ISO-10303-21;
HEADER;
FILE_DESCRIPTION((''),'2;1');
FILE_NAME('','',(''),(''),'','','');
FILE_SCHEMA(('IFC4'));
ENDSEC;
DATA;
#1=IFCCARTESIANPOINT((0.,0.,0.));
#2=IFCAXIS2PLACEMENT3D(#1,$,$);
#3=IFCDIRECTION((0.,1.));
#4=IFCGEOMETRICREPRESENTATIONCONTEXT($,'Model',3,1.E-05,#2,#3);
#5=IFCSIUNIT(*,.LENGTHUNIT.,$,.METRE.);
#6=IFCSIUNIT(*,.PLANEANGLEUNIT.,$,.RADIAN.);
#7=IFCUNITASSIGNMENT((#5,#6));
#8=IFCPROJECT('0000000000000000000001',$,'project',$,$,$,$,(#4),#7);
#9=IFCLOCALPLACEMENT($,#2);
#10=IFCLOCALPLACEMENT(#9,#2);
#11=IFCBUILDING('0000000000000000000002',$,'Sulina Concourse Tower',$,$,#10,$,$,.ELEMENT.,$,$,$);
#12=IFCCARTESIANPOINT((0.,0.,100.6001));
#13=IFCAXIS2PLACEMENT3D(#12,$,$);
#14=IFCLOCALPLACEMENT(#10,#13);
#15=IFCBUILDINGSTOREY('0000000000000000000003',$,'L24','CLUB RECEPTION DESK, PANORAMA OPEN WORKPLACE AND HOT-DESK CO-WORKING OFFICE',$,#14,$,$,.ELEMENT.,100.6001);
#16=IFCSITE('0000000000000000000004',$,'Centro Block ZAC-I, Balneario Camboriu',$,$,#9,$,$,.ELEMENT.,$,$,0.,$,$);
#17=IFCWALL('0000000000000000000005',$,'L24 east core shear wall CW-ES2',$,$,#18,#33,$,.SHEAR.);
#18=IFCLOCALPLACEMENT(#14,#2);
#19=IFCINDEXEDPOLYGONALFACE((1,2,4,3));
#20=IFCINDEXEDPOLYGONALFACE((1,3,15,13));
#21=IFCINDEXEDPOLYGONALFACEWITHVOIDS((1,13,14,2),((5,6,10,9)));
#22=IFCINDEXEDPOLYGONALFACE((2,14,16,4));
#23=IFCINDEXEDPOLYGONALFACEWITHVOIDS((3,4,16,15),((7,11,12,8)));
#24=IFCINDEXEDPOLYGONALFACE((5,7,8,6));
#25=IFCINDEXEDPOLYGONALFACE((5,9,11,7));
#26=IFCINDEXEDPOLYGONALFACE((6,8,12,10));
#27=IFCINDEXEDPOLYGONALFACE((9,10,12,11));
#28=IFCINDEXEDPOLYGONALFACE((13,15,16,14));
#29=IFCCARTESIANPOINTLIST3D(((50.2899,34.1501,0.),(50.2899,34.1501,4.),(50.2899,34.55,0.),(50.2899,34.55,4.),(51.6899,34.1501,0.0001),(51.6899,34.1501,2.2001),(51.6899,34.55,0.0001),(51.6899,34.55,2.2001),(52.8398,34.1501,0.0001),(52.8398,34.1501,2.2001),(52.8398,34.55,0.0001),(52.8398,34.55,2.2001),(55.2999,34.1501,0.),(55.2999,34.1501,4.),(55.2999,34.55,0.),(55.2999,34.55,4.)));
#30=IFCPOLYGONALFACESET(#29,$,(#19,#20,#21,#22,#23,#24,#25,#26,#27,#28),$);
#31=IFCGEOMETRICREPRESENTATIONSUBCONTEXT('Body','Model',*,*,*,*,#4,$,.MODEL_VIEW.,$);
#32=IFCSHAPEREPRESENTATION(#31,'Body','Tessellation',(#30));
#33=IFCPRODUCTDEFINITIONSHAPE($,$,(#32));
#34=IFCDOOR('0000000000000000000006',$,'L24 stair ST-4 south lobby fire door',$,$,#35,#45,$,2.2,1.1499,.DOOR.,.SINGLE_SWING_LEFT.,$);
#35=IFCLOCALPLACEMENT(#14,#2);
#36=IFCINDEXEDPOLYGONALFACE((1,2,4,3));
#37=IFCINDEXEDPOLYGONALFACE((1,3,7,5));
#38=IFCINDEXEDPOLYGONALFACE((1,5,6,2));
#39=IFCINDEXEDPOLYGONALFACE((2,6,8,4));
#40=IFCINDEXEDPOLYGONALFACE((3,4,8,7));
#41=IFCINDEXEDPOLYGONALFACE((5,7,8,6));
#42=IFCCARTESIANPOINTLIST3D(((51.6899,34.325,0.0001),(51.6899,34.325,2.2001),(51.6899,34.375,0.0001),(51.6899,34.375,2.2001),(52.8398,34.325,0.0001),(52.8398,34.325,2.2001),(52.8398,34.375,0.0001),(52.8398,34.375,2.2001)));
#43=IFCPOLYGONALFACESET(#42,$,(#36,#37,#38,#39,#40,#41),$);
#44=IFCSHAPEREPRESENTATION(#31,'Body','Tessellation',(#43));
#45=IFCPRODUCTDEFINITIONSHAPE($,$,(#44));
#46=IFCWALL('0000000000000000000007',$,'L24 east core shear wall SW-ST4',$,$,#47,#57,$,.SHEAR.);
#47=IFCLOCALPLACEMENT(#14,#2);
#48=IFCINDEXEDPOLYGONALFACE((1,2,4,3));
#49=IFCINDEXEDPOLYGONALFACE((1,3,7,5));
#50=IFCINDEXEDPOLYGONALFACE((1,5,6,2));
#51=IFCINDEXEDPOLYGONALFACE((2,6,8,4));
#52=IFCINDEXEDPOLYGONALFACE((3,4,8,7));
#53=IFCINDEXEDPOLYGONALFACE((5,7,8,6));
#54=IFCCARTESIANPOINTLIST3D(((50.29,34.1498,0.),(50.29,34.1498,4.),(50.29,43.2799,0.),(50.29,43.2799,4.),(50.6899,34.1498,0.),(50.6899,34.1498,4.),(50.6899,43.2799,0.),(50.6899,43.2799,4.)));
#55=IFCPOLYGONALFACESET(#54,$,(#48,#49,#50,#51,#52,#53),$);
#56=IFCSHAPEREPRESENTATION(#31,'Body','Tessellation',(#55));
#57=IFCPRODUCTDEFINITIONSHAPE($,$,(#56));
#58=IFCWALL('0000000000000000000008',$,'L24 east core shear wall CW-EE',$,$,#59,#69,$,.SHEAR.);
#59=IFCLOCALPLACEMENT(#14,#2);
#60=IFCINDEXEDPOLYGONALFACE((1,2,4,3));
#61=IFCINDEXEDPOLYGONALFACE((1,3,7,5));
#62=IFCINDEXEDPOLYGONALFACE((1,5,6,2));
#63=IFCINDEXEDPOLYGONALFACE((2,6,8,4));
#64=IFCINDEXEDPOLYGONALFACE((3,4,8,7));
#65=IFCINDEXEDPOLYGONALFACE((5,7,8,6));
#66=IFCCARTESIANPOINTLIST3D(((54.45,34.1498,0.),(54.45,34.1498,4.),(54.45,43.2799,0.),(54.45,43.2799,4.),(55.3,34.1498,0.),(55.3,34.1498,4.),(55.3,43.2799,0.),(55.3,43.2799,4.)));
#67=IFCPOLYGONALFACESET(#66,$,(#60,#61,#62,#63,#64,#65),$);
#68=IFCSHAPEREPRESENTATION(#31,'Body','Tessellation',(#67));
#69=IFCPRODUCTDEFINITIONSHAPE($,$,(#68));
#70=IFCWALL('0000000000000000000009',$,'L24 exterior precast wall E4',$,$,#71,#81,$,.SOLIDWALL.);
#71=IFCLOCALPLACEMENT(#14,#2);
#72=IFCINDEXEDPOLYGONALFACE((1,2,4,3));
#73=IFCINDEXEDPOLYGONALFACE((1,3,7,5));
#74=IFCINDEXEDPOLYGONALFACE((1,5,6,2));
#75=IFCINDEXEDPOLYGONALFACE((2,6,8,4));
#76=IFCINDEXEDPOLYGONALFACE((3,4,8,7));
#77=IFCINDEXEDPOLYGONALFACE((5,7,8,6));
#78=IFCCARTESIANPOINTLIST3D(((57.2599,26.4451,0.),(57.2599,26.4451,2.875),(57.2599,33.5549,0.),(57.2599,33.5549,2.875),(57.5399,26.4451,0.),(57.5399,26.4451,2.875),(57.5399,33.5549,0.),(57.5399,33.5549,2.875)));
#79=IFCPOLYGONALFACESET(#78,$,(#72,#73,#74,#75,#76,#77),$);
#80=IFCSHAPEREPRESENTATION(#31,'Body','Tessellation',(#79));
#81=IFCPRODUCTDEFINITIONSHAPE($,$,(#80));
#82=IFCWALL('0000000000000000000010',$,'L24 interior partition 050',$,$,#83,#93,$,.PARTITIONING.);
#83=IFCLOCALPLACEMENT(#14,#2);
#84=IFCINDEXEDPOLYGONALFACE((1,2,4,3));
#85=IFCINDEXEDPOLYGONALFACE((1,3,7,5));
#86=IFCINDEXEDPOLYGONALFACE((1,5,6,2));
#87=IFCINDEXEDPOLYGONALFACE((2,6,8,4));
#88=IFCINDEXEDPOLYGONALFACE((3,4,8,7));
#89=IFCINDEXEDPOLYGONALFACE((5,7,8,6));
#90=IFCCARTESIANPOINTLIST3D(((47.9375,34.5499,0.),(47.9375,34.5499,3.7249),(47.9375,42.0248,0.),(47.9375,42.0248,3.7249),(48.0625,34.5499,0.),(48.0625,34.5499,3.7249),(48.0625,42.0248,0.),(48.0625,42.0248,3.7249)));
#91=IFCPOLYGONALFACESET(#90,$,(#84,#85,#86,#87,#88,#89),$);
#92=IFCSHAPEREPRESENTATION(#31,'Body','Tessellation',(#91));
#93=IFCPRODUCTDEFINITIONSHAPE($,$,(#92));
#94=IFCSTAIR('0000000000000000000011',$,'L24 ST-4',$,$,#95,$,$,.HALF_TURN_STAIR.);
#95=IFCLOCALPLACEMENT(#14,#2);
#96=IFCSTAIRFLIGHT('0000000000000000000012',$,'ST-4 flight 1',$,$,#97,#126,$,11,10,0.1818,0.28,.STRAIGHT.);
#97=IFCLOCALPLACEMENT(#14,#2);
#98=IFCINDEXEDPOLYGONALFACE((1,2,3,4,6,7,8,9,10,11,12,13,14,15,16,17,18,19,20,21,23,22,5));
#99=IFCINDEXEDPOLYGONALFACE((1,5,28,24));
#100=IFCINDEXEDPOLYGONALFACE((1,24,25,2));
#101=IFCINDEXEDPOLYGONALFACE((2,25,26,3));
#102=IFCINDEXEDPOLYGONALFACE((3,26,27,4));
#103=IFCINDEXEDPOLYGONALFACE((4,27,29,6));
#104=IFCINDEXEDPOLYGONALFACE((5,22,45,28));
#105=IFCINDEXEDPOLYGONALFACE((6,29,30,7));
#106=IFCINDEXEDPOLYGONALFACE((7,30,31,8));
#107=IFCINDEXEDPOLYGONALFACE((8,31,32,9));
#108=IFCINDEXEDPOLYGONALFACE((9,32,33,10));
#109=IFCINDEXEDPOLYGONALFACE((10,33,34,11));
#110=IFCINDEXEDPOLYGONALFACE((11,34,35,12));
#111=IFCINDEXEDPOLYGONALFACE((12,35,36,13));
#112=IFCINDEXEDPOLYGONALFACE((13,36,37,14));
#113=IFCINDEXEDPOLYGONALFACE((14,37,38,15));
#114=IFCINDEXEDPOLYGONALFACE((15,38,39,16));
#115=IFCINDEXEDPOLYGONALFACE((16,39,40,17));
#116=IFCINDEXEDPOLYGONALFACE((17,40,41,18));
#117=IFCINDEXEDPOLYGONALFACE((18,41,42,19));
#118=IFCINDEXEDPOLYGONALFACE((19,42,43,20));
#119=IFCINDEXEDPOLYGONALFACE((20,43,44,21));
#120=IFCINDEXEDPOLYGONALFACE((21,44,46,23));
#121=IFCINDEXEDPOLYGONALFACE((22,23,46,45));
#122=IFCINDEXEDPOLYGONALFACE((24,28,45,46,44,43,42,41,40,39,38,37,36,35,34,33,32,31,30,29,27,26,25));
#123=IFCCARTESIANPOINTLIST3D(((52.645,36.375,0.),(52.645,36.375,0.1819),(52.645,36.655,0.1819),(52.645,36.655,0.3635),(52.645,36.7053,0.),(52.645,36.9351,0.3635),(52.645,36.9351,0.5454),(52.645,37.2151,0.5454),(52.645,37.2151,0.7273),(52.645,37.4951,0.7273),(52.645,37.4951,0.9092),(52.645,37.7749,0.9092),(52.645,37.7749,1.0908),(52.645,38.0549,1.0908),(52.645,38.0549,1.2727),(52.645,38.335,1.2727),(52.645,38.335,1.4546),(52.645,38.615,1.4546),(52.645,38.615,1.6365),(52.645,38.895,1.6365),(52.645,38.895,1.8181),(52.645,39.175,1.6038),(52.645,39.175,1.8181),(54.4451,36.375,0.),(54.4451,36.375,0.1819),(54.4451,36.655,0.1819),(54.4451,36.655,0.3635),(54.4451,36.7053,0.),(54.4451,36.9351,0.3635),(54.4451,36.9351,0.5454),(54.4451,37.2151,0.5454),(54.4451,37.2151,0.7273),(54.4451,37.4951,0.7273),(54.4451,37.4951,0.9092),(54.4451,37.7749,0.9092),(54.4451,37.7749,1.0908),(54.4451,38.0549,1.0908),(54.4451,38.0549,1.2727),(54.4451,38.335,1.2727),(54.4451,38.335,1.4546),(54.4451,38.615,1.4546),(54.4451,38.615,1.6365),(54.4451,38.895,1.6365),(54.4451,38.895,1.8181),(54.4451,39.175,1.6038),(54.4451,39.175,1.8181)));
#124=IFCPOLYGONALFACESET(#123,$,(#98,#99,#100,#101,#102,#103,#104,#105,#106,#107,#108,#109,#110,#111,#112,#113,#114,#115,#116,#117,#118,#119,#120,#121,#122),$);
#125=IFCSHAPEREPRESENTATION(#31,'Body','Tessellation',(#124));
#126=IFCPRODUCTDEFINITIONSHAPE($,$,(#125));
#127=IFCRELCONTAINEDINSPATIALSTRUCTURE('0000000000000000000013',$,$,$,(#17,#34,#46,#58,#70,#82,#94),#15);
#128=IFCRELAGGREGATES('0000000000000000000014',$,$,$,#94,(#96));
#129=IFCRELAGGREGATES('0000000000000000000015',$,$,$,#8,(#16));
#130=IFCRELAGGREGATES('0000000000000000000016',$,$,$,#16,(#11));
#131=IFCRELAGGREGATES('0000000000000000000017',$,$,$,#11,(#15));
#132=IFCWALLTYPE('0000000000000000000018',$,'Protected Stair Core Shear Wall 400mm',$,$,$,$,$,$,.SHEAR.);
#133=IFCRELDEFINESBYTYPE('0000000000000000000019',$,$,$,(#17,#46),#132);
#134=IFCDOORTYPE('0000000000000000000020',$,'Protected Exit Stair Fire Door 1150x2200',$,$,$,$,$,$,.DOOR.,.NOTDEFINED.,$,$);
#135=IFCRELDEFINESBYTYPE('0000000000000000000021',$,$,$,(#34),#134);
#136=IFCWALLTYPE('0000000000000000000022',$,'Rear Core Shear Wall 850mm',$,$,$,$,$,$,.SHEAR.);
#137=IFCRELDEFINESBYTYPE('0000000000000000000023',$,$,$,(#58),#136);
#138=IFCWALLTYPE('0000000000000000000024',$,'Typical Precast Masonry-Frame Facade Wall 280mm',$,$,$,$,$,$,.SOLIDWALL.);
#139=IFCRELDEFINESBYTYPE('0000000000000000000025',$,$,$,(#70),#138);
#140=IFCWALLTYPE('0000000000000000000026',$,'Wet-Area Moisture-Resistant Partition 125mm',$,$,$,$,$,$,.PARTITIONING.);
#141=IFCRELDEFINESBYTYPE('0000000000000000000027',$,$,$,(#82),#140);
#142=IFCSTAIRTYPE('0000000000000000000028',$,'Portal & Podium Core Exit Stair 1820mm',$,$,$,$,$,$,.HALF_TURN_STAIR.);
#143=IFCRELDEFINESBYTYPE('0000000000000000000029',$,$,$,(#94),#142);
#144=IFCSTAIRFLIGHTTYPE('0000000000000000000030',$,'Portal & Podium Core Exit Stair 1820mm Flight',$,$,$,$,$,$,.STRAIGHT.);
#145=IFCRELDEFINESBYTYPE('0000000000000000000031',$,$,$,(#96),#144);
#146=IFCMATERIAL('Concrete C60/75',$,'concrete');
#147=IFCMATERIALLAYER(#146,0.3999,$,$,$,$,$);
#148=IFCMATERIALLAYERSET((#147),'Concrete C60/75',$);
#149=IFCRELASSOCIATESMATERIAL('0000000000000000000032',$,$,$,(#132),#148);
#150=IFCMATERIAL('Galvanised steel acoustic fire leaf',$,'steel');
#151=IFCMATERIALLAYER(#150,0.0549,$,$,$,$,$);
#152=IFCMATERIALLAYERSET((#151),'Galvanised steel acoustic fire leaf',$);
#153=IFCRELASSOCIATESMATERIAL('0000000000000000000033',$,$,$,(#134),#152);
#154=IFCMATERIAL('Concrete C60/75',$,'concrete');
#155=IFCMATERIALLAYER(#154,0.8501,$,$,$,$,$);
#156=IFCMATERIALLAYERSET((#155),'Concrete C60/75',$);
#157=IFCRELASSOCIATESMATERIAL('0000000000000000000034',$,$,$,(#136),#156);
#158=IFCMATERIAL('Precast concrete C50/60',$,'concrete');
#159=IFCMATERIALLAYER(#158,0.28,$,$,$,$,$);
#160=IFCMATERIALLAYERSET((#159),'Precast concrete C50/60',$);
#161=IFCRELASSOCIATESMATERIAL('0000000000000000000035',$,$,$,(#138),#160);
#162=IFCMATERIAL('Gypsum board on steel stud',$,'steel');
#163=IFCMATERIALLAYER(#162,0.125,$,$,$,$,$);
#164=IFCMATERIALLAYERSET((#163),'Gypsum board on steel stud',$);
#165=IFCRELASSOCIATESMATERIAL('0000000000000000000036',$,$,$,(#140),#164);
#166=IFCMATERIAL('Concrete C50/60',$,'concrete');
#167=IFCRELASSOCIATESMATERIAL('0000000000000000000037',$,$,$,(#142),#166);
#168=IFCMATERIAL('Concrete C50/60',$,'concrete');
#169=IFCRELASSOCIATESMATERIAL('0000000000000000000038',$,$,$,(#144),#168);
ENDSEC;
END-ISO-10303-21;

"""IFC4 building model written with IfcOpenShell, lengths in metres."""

from ifc_helpers import new_model, si_unit, direction, frame, frame_2d, origin, place, context, subcontext, project, spatial, polyline, rectangle, outline, extrude, material, layer, layer_set, type_object, element, fill, aggregate, save


model = new_model("IFC4")

# Units and contexts
model_context = context("Model", 3, precision=1e-05, world=origin(), true_north=direction((0.0, 1.0)))
body_context = subcontext(model_context, "Body", "Model", "MODEL_VIEW")
ifc_project = project(units=[si_unit("LENGTHUNIT", "METRE"), si_unit("PLANEANGLEUNIT", "RADIAN")], contexts=[model_context])

# Site, building, storey
site_placement = place(None, origin())
site = spatial("IfcSite", under=ifc_project, at=site_placement, Name="Centro Block ZAC-I, Balneario Camboriu", CompositionType="ELEMENT", RefElevation=0.0)
building_placement = place(site_placement, origin())
building = spatial("IfcBuilding", under=site, at=building_placement, Name="Sulina Concourse Tower", CompositionType="ELEMENT")
storey_placement = place(building_placement, frame((0.0, 0.0, 100.6001)))
storey = spatial("IfcBuildingStorey", under=building, at=storey_placement, Name="L24", Description="CLUB RECEPTION DESK, PANORAMA OPEN WORKPLACE AND HOT-DESK CO-WORKING OFFICE", CompositionType="ELEMENT", Elevation=100.6001)

# Shared definitions
ifc_material_1 = material(Name="Concrete C60/75", Category="concrete")
ifc_layer_1 = layer(ifc_material_1, 0.3999)
ifc_layer_set_1 = layer_set([ifc_layer_1], Name="Concrete C60/75")
wall_type_1 = type_object("IfcWallType", Name="Protected Stair Core Shear Wall 400mm", PredefinedType="SHEAR", material=ifc_layer_set_1)

# Wall, opening, door
wall_1_placement = place(storey_placement, frame((50.29, 34.3501, 0.0), z_axis=(0.0, 0.0, 1.0), x_axis=(1.0, 0.0, 0.0)))
wall_1 = element("IfcWall", 1, at=wall_1_placement, inside=storey, type_object=wall_type_1, Name="L24 east core shear wall CW-ES2", PredefinedType="SHEAR", context=body_context, shape_type="SweptSolid", body=[
    extrude(rectangle(XDim=5.01, YDim=0.3999, at=frame_2d((2.5049, 0.0))), origin(), (0.0, 0.0, 1.0), 4.0),
])
opening_1_placement = place(wall_1_placement, frame((1.3999, 0.0, 0.0)))
opening_1 = element("IfcOpeningElement", 2, at=opening_1_placement, cuts=wall_1, PredefinedType="OPENING", context=body_context, shape_type="SweptSolid", body=[
    extrude(rectangle(XDim=1.1499, YDim=2.2, at=frame_2d((0.575, 1.1001))), frame((0.0, 0.21, 0.0), z_axis=(0.0, -1.0, 0.0), x_axis=(1.0, 0.0, 0.0)), (0.0, 0.0, 1.0), 0.4199),
])
ifc_material_2 = material(Name="Galvanised steel acoustic fire leaf", Category="steel")
ifc_layer_2 = layer(ifc_material_2, 0.0549)
ifc_layer_set_2 = layer_set([ifc_layer_2], Name="Galvanised steel acoustic fire leaf")
door_type_1 = type_object("IfcDoorType", Name="Protected Exit Stair Fire Door 1150x2200", OperationType="NOTDEFINED", PredefinedType="DOOR", material=ifc_layer_set_2)
door_1_placement = place(opening_1_placement, origin())
door_1 = element("IfcDoor", 3, at=door_1_placement, inside=storey, type_object=door_type_1, Name="L24 stair ST-4 south lobby fire door", OperationType="SINGLE_SWING_LEFT", OverallHeight=2.2, OverallWidth=1.1499, PredefinedType="DOOR", context=body_context, shape_type="SweptSolid", body=[
    extrude(rectangle(XDim=1.1499, YDim=2.2, at=frame_2d((0.575, 1.1001))), frame((0.0, 0.0249, 0.0), z_axis=(0.0, -1.0, 0.0), x_axis=(1.0, 0.0, 0.0)), (0.0, 0.0, 1.0), 0.05),
])
fill(opening_1, door_1)

# Walls
wall_2_placement = place(storey_placement, frame((50.49, 34.1499, 0.0), z_axis=(0.0, 0.0, 1.0), x_axis=(0.0, 1.0, 0.0)))
element("IfcWall", 4, at=wall_2_placement, inside=storey, type_object=wall_type_1, Name="L24 east core shear wall SW-ST4", PredefinedType="SHEAR", context=body_context, shape_type="SweptSolid", body=[
    extrude(rectangle(XDim=9.1301, YDim=0.3999, at=frame_2d((4.5649, 0.0))), origin(), (0.0, 0.0, 1.0), 4.0),
])
ifc_material_3 = material(Name="Concrete C60/75", Category="concrete")
ifc_layer_3 = layer(ifc_material_3, 0.8501)
ifc_layer_set_3 = layer_set([ifc_layer_3], Name="Concrete C60/75")
wall_type_2 = type_object("IfcWallType", Name="Rear Core Shear Wall 850mm", PredefinedType="SHEAR", material=ifc_layer_set_3)
wall_3_placement = place(storey_placement, frame((54.875, 34.1499, 0.0), z_axis=(0.0, 0.0, 1.0), x_axis=(0.0, 1.0, 0.0)))
element("IfcWall", 5, at=wall_3_placement, inside=storey, type_object=wall_type_2, Name="L24 east core shear wall CW-EE", PredefinedType="SHEAR", context=body_context, shape_type="SweptSolid", body=[
    extrude(rectangle(XDim=9.1301, YDim=0.8501, at=frame_2d((4.5649, 0.0))), origin(), (0.0, 0.0, 1.0), 4.0),
])
ifc_material_4 = material(Name="Precast concrete C50/60", Category="concrete")
ifc_layer_4 = layer(ifc_material_4, 0.28)
ifc_layer_set_4 = layer_set([ifc_layer_4], Name="Precast concrete C50/60")
wall_type_3 = type_object("IfcWallType", Name="Typical Precast Masonry-Frame Facade Wall 280mm", PredefinedType="SOLIDWALL", material=ifc_layer_set_4)
wall_4_placement = place(storey_placement, frame((57.3999, 33.5549, 0.0), z_axis=(0.0, 0.0, 1.0), x_axis=(0.0, -1.0, 0.0)))
element("IfcWall", 6, at=wall_4_placement, inside=storey, type_object=wall_type_3, Name="L24 exterior precast wall E4", PredefinedType="SOLIDWALL", context=body_context, shape_type="SweptSolid", body=[
    extrude(rectangle(XDim=7.1099, YDim=0.28, at=frame_2d((3.5549, 0.0))), origin(), (0.0, 0.0, 1.0), 2.875),
])
ifc_material_5 = material(Name="Gypsum board on steel stud", Category="steel")
ifc_layer_5 = layer(ifc_material_5, 0.125)
ifc_layer_set_5 = layer_set([ifc_layer_5], Name="Gypsum board on steel stud")
wall_type_4 = type_object("IfcWallType", Name="Wet-Area Moisture-Resistant Partition 125mm", PredefinedType="PARTITIONING", material=ifc_layer_set_5)
wall_5_placement = place(storey_placement, frame((48.0, 34.55, 0.0), z_axis=(0.0, 0.0, 1.0), x_axis=(0.0, 1.0, 0.0)))
element("IfcWall", 7, at=wall_5_placement, inside=storey, type_object=wall_type_4, Name="L24 interior partition 050", PredefinedType="PARTITIONING", context=body_context, shape_type="SweptSolid", body=[
    extrude(rectangle(XDim=7.4749, YDim=0.125, at=frame_2d((3.7373, 0.0))), origin(), (0.0, 0.0, 1.0), 3.7249),
])

# Stair, stair flight
ifc_material_6 = material(Name="Concrete C50/60", Category="concrete")
stair_type = type_object("IfcStairType", Name="Portal & Podium Core Exit Stair 1820mm", PredefinedType="HALF_TURN_STAIR", material=ifc_material_6)
stair_placement = place(storey_placement, origin())
stair = element("IfcStair", 8, at=stair_placement, inside=storey, type_object=stair_type, Name="L24 ST-4", PredefinedType="HALF_TURN_STAIR")
ifc_material_7 = material(Name="Concrete C50/60", Category="concrete")
stair_flight_type = type_object("IfcStairFlightType", Name="Portal & Podium Core Exit Stair 1820mm Flight", PredefinedType="STRAIGHT", material=ifc_material_7)
stair_flight_placement = place(storey_placement, frame((53.5449, 36.375, 0.0), z_axis=(0.0, 0.0, 1.0), x_axis=(0.0, 1.0, 0.0)))
stair_flight = element("IfcStairFlight", 9, at=stair_flight_placement, type_object=stair_flight_type, Name="ST-4 flight 1", NumberOfRisers=11, NumberOfTreads=10, PredefinedType="STRAIGHT", RiserHeight=0.1818, TreadLength=0.28, context=body_context, shape_type="SweptSolid", body=[
    extrude(outline(polyline([(0.0, 0.0), (0.0, 0.1819), (0.28, 0.1819), (0.28, 0.3635), (0.5601, 0.3635), (0.5601, 0.5454), (0.8401, 0.5454), (0.8401, 0.7273), (1.1201, 0.7273), (1.1201, 0.9092), (1.3999, 0.9092), (1.3999, 1.0908), (1.6799, 1.0908), (1.6799, 1.2727), (1.96, 1.2727), (1.96, 1.4546), (2.24, 1.4546), (2.24, 1.6365), (2.52, 1.6365), (2.52, 1.8181), (2.8, 1.8181), (2.8, 2.0), (2.8, 1.6038), (0.3303, 0.0), (0.0, 0.0)])), frame((0.0, 0.8999, 0.0), z_axis=(0.0, -1.0, 0.0), x_axis=(1.0, 0.0, 0.0)), (0.0, 0.0, 1.0), 1.8),
])
aggregate(stair, [stair_flight])

save(model, "model.ifc")
